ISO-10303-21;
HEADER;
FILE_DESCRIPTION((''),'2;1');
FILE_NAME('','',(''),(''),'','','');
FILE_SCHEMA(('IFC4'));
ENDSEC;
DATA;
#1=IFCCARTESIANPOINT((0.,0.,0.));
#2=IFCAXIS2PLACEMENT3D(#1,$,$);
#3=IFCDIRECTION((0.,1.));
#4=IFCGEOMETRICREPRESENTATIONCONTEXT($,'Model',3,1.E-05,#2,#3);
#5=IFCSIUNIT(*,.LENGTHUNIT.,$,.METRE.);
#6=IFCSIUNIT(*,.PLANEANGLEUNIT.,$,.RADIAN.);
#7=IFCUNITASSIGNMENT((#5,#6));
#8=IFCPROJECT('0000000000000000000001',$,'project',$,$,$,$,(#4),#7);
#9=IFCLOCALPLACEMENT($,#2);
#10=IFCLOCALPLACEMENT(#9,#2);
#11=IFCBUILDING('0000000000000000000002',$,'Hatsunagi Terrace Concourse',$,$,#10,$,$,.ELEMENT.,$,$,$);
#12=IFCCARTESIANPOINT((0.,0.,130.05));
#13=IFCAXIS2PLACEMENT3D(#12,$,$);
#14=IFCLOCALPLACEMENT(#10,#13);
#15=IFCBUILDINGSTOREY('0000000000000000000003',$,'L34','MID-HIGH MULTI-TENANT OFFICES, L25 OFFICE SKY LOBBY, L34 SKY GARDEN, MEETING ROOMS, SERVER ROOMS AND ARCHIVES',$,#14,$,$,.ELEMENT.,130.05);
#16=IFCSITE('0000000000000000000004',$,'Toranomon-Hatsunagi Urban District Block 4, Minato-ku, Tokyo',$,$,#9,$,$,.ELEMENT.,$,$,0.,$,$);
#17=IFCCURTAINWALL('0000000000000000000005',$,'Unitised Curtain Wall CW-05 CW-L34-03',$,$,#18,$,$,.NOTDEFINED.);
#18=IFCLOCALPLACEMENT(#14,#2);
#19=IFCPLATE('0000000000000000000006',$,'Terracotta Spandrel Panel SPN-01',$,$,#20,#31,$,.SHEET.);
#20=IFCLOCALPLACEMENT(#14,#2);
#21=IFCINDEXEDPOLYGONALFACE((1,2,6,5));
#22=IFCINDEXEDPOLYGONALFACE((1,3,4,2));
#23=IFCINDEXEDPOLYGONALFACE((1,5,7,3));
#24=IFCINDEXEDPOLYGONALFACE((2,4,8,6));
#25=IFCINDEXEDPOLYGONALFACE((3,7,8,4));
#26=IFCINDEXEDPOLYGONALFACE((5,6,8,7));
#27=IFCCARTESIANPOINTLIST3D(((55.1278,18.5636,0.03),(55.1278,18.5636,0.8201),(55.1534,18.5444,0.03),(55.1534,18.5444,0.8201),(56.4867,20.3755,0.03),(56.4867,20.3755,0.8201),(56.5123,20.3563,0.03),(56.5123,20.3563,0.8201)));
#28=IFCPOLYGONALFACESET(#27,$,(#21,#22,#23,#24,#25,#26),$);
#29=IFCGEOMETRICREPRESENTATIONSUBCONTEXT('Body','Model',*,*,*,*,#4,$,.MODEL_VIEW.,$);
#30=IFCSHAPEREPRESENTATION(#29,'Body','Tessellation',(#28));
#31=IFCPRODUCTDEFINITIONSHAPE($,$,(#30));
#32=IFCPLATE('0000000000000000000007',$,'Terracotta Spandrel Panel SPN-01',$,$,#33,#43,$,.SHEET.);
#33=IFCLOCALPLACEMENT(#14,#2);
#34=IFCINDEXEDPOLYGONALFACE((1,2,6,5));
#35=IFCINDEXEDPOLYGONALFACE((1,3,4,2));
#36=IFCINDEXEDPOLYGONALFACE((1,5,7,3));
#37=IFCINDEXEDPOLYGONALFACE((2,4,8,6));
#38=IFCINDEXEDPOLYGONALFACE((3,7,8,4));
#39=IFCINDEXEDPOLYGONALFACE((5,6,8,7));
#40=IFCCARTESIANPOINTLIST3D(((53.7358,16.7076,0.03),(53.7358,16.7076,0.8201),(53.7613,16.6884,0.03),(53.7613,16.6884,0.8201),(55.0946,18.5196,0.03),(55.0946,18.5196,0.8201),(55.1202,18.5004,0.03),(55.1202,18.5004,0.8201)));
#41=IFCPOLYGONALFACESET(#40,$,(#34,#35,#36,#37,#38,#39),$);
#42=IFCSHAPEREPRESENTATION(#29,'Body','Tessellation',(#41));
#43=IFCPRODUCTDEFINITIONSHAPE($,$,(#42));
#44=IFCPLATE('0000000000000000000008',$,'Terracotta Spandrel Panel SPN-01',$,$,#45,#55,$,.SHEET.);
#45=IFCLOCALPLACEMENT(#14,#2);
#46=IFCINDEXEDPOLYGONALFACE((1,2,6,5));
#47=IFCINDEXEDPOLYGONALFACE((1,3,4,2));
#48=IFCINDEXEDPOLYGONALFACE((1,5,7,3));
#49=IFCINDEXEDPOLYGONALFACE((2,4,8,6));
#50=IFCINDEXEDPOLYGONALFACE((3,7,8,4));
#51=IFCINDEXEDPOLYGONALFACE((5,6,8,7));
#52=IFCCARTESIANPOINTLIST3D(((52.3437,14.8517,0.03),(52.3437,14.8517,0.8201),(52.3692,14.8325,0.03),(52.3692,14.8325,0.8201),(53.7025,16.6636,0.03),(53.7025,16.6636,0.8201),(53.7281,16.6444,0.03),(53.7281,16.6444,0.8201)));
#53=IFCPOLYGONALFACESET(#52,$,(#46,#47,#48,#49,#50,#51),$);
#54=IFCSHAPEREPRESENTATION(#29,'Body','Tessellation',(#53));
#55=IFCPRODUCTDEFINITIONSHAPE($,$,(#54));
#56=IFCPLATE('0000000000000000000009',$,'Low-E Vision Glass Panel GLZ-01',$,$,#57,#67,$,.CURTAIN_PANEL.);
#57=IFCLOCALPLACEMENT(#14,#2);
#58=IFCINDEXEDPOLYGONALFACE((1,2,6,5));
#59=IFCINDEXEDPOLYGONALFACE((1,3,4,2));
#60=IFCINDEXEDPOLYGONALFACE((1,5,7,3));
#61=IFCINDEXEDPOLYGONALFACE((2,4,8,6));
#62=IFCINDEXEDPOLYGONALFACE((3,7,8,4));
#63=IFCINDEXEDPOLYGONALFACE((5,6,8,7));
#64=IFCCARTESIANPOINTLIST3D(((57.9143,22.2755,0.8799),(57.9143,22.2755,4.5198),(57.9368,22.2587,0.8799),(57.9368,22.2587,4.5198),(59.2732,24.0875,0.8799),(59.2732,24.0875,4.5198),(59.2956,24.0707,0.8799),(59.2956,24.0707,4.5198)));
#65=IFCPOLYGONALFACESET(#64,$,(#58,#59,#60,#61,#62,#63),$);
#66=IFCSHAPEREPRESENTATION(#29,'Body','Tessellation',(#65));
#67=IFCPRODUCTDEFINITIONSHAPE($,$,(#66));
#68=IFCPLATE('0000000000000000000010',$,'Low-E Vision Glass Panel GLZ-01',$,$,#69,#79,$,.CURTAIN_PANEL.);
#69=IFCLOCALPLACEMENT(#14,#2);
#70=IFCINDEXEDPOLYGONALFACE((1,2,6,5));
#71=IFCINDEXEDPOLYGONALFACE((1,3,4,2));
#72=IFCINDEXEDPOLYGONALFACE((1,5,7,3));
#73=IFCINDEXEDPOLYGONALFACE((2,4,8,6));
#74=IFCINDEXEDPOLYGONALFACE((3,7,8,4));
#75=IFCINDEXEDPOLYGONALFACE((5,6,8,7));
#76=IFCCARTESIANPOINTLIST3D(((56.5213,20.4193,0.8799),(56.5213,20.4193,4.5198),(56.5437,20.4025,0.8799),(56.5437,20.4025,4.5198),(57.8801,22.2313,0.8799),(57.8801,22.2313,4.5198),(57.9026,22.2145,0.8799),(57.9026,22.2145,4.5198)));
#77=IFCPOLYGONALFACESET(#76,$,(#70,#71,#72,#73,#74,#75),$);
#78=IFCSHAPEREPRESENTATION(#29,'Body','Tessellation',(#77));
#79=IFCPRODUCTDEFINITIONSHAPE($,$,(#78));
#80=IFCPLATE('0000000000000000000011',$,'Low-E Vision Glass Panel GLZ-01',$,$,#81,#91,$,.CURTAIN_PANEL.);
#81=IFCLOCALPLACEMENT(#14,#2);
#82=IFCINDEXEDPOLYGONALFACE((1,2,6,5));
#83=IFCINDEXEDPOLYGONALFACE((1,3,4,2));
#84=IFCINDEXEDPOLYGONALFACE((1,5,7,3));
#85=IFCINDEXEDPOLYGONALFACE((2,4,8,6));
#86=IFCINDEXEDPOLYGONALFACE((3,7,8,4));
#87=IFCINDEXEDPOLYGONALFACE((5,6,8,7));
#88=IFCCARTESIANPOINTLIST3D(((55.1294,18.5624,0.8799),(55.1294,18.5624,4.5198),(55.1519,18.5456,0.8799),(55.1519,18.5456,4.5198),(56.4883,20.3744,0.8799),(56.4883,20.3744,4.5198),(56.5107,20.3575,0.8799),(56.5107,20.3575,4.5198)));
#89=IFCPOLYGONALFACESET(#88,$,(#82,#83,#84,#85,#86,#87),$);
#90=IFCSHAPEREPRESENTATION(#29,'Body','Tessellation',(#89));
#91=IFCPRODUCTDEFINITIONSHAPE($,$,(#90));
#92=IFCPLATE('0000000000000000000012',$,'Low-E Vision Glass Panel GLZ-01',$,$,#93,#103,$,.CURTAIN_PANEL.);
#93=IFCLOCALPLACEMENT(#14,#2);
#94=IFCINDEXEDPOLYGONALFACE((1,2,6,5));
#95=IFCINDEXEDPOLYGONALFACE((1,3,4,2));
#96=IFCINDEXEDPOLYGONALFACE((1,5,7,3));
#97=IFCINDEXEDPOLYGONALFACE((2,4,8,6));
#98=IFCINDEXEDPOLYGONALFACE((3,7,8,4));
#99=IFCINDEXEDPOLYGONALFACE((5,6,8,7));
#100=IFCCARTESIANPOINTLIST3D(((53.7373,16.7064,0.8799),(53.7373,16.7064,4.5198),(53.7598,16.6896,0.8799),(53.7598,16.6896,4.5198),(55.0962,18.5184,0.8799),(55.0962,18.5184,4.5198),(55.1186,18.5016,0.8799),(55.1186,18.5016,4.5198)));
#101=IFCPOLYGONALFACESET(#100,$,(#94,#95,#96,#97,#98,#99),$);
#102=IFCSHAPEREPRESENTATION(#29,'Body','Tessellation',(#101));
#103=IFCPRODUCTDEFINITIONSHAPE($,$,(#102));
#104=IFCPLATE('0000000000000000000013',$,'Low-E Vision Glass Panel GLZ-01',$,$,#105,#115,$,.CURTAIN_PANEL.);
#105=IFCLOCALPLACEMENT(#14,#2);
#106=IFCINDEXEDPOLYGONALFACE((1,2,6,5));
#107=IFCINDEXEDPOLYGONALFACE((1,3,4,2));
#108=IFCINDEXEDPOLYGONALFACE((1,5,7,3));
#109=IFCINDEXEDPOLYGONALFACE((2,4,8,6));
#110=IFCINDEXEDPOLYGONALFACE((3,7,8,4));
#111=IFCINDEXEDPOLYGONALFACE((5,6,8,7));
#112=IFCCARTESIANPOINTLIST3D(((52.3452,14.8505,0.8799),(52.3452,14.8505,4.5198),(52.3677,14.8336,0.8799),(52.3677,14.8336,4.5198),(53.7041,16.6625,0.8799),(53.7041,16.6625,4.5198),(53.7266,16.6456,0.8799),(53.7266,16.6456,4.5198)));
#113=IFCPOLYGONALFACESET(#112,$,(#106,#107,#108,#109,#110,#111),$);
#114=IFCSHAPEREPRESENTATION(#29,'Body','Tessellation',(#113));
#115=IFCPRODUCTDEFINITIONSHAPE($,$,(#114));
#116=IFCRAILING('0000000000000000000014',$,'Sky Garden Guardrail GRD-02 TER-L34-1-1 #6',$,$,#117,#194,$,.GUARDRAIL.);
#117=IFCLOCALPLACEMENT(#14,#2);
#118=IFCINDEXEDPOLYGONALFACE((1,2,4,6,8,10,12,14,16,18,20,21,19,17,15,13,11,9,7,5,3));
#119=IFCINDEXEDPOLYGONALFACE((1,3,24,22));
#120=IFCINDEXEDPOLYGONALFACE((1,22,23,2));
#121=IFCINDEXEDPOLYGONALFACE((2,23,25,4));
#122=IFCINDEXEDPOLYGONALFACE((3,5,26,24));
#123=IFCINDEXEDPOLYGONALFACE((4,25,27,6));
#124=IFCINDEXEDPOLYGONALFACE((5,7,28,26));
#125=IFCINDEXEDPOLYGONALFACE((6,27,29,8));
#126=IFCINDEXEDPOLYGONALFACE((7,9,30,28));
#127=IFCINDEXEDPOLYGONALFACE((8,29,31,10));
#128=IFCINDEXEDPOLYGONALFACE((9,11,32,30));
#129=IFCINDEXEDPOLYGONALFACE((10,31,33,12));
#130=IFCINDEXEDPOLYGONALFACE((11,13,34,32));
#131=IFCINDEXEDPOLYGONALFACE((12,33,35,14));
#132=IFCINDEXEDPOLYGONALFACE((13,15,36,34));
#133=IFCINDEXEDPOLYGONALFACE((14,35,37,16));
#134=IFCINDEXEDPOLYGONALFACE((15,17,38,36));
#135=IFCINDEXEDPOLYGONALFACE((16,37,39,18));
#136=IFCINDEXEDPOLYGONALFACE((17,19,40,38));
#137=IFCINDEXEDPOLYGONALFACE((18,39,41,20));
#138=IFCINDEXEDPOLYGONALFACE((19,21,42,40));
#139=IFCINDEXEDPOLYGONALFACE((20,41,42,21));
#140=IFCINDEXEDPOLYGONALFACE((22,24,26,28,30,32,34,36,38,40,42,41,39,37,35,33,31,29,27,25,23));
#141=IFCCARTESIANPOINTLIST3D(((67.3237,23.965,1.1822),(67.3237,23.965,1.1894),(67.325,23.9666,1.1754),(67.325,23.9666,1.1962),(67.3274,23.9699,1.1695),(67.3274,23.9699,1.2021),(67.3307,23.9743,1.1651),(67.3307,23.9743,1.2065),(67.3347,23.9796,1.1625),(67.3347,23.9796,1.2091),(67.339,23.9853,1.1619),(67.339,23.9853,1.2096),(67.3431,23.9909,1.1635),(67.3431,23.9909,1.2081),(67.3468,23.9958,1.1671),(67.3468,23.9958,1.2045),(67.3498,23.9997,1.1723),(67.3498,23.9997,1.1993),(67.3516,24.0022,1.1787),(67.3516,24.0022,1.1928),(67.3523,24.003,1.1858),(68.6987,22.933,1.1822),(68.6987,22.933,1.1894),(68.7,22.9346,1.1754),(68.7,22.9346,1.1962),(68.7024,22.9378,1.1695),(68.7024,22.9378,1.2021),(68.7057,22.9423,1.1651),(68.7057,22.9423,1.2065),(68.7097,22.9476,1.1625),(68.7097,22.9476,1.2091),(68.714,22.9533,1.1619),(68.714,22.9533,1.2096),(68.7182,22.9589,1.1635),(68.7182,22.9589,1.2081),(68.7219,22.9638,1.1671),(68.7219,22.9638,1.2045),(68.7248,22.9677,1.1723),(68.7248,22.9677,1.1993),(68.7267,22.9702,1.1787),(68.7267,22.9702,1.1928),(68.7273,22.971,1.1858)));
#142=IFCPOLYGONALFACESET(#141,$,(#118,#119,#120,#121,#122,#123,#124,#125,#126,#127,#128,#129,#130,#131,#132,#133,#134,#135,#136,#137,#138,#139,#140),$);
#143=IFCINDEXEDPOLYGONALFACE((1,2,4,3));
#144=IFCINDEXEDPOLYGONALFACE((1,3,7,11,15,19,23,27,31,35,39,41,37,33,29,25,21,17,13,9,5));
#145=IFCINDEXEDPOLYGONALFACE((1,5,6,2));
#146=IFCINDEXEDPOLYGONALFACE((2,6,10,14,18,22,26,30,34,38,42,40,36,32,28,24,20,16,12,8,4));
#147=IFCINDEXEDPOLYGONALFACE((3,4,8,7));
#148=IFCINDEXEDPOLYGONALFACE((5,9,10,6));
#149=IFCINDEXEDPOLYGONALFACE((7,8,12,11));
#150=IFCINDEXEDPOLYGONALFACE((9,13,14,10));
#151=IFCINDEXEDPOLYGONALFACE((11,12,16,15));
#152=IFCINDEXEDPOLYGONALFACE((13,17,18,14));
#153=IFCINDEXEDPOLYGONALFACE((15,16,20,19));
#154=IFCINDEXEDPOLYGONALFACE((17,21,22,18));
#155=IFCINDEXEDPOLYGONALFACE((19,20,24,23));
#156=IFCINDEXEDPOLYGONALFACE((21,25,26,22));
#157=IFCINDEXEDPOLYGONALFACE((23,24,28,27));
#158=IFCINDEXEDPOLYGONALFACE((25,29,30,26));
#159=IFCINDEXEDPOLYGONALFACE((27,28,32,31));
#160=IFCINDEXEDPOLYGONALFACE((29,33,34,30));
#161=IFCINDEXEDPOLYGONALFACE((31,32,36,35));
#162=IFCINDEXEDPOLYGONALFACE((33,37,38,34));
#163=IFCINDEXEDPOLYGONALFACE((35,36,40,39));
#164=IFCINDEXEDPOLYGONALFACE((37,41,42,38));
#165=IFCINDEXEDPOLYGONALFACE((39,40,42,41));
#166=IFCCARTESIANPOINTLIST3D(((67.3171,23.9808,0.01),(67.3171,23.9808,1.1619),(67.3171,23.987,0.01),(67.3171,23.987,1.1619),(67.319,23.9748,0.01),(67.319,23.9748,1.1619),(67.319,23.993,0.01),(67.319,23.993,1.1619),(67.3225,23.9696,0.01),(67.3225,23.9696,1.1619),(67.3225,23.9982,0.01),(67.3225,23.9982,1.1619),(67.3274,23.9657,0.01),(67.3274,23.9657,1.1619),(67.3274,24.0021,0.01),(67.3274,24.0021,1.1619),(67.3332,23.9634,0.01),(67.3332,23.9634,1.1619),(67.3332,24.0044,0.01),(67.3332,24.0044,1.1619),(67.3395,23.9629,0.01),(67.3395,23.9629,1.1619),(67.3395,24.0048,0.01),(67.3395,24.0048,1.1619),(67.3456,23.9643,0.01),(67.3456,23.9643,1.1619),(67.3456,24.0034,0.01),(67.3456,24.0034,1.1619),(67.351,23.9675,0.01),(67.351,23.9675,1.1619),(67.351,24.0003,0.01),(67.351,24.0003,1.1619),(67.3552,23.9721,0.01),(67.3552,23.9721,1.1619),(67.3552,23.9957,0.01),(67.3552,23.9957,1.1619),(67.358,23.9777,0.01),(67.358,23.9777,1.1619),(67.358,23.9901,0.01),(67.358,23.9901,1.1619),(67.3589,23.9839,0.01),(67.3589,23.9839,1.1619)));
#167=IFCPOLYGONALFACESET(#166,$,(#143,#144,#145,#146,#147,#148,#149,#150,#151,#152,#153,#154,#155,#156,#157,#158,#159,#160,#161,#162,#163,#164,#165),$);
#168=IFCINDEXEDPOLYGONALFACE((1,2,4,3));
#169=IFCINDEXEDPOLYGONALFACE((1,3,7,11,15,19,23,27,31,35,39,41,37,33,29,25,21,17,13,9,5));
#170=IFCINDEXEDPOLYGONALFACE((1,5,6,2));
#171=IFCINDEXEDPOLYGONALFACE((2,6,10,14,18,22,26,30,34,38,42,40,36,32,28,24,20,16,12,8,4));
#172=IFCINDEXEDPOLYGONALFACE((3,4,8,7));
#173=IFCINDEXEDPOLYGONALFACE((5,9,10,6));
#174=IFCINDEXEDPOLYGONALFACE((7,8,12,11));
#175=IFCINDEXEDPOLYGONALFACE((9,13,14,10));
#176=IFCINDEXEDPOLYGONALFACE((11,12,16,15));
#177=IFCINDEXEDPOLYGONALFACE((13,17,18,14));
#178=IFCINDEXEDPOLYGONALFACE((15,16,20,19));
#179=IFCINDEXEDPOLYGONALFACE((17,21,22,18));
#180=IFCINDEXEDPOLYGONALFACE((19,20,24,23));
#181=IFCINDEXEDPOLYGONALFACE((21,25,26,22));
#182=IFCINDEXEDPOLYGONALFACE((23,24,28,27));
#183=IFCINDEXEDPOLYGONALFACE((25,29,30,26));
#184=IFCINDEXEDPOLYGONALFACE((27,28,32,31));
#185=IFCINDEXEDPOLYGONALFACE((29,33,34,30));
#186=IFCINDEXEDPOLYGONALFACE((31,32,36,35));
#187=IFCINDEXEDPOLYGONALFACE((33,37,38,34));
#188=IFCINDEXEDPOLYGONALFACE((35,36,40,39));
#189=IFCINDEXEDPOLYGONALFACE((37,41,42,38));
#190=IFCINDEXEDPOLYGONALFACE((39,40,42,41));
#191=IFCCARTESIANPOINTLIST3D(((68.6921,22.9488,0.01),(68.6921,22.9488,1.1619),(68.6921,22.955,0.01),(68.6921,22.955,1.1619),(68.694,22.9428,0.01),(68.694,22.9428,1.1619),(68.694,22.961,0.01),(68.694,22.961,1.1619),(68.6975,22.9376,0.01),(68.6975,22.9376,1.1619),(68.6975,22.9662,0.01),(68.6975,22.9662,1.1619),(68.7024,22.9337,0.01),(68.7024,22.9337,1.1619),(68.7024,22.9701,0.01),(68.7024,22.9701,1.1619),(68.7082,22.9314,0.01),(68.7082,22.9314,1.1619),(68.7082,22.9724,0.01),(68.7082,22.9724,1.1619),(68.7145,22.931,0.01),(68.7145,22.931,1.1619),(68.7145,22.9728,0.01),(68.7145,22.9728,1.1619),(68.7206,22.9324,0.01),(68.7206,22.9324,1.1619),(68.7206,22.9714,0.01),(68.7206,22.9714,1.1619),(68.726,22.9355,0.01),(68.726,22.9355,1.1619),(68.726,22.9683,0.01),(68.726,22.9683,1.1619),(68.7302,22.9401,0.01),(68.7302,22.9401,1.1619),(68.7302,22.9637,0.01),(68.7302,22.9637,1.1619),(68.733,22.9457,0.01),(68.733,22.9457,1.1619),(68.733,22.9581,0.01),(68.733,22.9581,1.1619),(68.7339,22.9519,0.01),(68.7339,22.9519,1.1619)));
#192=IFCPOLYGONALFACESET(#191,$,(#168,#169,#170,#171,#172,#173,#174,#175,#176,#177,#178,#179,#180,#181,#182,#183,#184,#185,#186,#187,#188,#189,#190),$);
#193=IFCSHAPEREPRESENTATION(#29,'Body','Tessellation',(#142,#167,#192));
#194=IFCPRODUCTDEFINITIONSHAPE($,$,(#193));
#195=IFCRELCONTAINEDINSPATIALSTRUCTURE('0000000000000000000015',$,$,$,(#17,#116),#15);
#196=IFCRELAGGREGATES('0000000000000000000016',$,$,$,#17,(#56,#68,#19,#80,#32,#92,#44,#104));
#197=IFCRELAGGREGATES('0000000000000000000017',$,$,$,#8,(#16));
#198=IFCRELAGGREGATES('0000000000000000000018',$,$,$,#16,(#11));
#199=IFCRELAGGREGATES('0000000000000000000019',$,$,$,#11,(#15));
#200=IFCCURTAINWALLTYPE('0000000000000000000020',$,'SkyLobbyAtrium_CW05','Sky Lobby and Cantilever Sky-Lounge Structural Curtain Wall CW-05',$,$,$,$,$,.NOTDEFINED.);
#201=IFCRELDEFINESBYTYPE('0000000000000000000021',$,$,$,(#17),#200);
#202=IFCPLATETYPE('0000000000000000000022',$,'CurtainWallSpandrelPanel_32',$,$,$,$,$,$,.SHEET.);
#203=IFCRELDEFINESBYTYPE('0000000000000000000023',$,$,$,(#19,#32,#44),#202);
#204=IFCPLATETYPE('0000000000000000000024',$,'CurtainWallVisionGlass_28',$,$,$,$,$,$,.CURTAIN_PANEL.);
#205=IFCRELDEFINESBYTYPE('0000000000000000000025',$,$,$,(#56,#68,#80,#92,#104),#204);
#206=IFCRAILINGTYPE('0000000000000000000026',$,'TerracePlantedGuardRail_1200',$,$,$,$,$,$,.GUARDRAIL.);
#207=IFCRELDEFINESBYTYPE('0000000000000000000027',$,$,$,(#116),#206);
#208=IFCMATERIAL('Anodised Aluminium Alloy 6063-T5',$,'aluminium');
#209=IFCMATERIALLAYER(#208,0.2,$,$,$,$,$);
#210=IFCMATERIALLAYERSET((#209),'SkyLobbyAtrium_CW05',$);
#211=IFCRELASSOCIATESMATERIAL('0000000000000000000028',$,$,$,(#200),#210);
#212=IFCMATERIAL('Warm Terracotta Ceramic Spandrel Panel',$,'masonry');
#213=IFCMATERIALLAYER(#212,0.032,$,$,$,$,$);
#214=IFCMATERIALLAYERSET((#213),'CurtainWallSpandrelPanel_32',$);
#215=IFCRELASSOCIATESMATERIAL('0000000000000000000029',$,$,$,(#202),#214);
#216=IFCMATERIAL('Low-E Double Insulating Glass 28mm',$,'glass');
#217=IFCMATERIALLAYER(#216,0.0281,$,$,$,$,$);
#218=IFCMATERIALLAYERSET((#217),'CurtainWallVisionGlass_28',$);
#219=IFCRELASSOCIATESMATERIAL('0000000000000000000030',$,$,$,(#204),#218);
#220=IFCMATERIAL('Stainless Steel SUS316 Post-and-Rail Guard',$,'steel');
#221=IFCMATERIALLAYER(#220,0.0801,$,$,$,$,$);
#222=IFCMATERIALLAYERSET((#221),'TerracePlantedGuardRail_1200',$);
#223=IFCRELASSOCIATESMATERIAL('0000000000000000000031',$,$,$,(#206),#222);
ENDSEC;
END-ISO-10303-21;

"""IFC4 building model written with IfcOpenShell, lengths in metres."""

from ifc_helpers import new_model, si_unit, direction, frame, origin, origin_2d, place, context, subcontext, project, spatial, rectangle, circle, extrude, material, layer, layer_set, type_object, element, aggregate, save


model = new_model("IFC4")

# Units and contexts
model_context = context("Model", 3, precision=1e-05, world=origin(), true_north=direction((0.0, 1.0)))
body_context = subcontext(model_context, "Body", "Model", "MODEL_VIEW")
ifc_project = project(units=[si_unit("LENGTHUNIT", "METRE"), si_unit("PLANEANGLEUNIT", "RADIAN")], contexts=[model_context])

# Site, building, storey
site_placement = place(None, origin())
site = spatial("IfcSite", under=ifc_project, at=site_placement, Name="Toranomon-Hatsunagi Urban District Block 4, Minato-ku, Tokyo", CompositionType="ELEMENT", RefElevation=0.0)
building_placement = place(site_placement, origin())
building = spatial("IfcBuilding", under=site, at=building_placement, Name="Hatsunagi Terrace Concourse", CompositionType="ELEMENT")
storey_placement = place(building_placement, frame((0.0, 0.0, 130.05)))
storey = spatial("IfcBuildingStorey", under=building, at=storey_placement, Name="L34", Description="MID-HIGH MULTI-TENANT OFFICES, L25 OFFICE SKY LOBBY, L34 SKY GARDEN, MEETING ROOMS, SERVER ROOMS AND ARCHIVES", CompositionType="ELEMENT", Elevation=130.05)

# Curtain wall
ifc_material_1 = material(Name="Anodised Aluminium Alloy 6063-T5", Category="aluminium")
ifc_layer_1 = layer(ifc_material_1, 0.2)
ifc_layer_set_1 = layer_set([ifc_layer_1], Name="SkyLobbyAtrium_CW05")
curtain_wall_type = type_object("IfcCurtainWallType", Name="SkyLobbyAtrium_CW05", Description="Sky Lobby and Cantilever Sky-Lounge Structural Curtain Wall CW-05", PredefinedType="NOTDEFINED", material=ifc_layer_set_1)
curtain_wall_placement = place(storey_placement, origin())
curtain_wall = element("IfcCurtainWall", 1, at=curtain_wall_placement, inside=storey, type_object=curtain_wall_type, Name="Unitised Curtain Wall CW-05 CW-L34-03", PredefinedType="NOTDEFINED")

# Plates
ifc_material_2 = material(Name="Warm Terracotta Ceramic Spandrel Panel", Category="masonry")
ifc_layer_2 = layer(ifc_material_2, 0.032)
ifc_layer_set_2 = layer_set([ifc_layer_2], Name="CurtainWallSpandrelPanel_32")
plate_type_1 = type_object("IfcPlateType", Name="CurtainWallSpandrelPanel_32", PredefinedType="SHEET", material=ifc_layer_set_2)
plate_1_placement = place(storey_placement, frame((55.8201, 19.46, 0.03), z_axis=(0.0, 0.0, 1.0), x_axis=(-0.599969, -0.800023, 0.0)))
plate_1 = element("IfcPlate", 2, at=plate_1_placement, type_object=plate_type_1, Name="Terracotta Spandrel Panel SPN-01", PredefinedType="SHEET", context=body_context, shape_type="SweptSolid", body=[
    extrude(rectangle(XDim=2.2649, YDim=0.032, at=origin_2d()), origin(), (0.0, 0.0, 1.0), 0.79),
])
plate_2_placement = place(storey_placement, frame((54.428, 17.604, 0.03), z_axis=(0.0, 0.0, 1.0), x_axis=(-0.599969, -0.800023, 0.0)))
plate_2 = element("IfcPlate", 3, at=plate_2_placement, type_object=plate_type_1, Name="Terracotta Spandrel Panel SPN-01", PredefinedType="SHEET", context=body_context, shape_type="SweptSolid", body=[
    extrude(rectangle(XDim=2.2649, YDim=0.032, at=origin_2d()), origin(), (0.0, 0.0, 1.0), 0.79),
])
plate_3_placement = place(storey_placement, frame((53.0359, 15.748, 0.03), z_axis=(0.0, 0.0, 1.0), x_axis=(-0.599969, -0.800023, 0.0)))
plate_3 = element("IfcPlate", 4, at=plate_3_placement, type_object=plate_type_1, Name="Terracotta Spandrel Panel SPN-01", PredefinedType="SHEET", context=body_context, shape_type="SweptSolid", body=[
    extrude(rectangle(XDim=2.2649, YDim=0.032, at=origin_2d()), origin(), (0.0, 0.0, 1.0), 0.79),
])
ifc_material_3 = material(Name="Low-E Double Insulating Glass 28mm", Category="glass")
ifc_layer_3 = layer(ifc_material_3, 0.0281)
ifc_layer_set_3 = layer_set([ifc_layer_3], Name="CurtainWallVisionGlass_28")
plate_type_2 = type_object("IfcPlateType", Name="CurtainWallVisionGlass_28", PredefinedType="CURTAIN_PANEL", material=ifc_layer_set_3)
plate_4_placement = place(storey_placement, frame((58.605, 23.1731, 0.8799), z_axis=(0.0, 0.0, 1.0), x_axis=(-0.599969, -0.800023, 0.0)))
plate_4 = element("IfcPlate", 5, at=plate_4_placement, type_object=plate_type_2, Name="Low-E Vision Glass Panel GLZ-01", PredefinedType="CURTAIN_PANEL", context=body_context, shape_type="SweptSolid", body=[
    extrude(rectangle(XDim=2.2649, YDim=0.0281, at=origin_2d()), origin(), (0.0, 0.0, 1.0), 3.6399),
])
plate_5_placement = place(storey_placement, frame((57.2119, 21.3169, 0.8799), z_axis=(0.0, 0.0, 1.0), x_axis=(-0.599969, -0.800023, 0.0)))
plate_5 = element("IfcPlate", 6, at=plate_5_placement, type_object=plate_type_2, Name="Low-E Vision Glass Panel GLZ-01", PredefinedType="CURTAIN_PANEL", context=body_context, shape_type="SweptSolid", body=[
    extrude(rectangle(XDim=2.2649, YDim=0.0281, at=origin_2d()), origin(), (0.0, 0.0, 1.0), 3.6399),
])
plate_6_placement = place(storey_placement, frame((55.8201, 19.46, 0.8799), z_axis=(0.0, 0.0, 1.0), x_axis=(-0.599969, -0.800023, 0.0)))
plate_6 = element("IfcPlate", 7, at=plate_6_placement, type_object=plate_type_2, Name="Low-E Vision Glass Panel GLZ-01", PredefinedType="CURTAIN_PANEL", context=body_context, shape_type="SweptSolid", body=[
    extrude(rectangle(XDim=2.2649, YDim=0.0281, at=origin_2d()), origin(), (0.0, 0.0, 1.0), 3.6399),
])
plate_7_placement = place(storey_placement, frame((54.428, 17.604, 0.8799), z_axis=(0.0, 0.0, 1.0), x_axis=(-0.599969, -0.800023, 0.0)))
plate_7 = element("IfcPlate", 8, at=plate_7_placement, type_object=plate_type_2, Name="Low-E Vision Glass Panel GLZ-01", PredefinedType="CURTAIN_PANEL", context=body_context, shape_type="SweptSolid", body=[
    extrude(rectangle(XDim=2.2649, YDim=0.0281, at=origin_2d()), origin(), (0.0, 0.0, 1.0), 3.6399),
])
plate_8_placement = place(storey_placement, frame((53.0359, 15.748, 0.8799), z_axis=(0.0, 0.0, 1.0), x_axis=(-0.599969, -0.800023, 0.0)))
plate_8 = element("IfcPlate", 9, at=plate_8_placement, type_object=plate_type_2, Name="Low-E Vision Glass Panel GLZ-01", PredefinedType="CURTAIN_PANEL", context=body_context, shape_type="SweptSolid", body=[
    extrude(rectangle(XDim=2.2649, YDim=0.0281, at=origin_2d()), origin(), (0.0, 0.0, 1.0), 3.6399),
])
aggregate(curtain_wall, [plate_4, plate_5, plate_1, plate_6, plate_2, plate_7, plate_3, plate_8])

# Railing
ifc_material_4 = material(Name="Stainless Steel SUS316 Post-and-Rail Guard", Category="steel")
ifc_layer_4 = layer(ifc_material_4, 0.0801)
ifc_layer_set_4 = layer_set([ifc_layer_4], Name="TerracePlantedGuardRail_1200")
railing_type = type_object("IfcRailingType", Name="TerracePlantedGuardRail_1200", PredefinedType="GUARDRAIL", material=ifc_layer_set_4)
railing_1_placement = place(storey_placement, frame((67.3379, 23.9839, 0.01)))
element("IfcRailing", 10, at=railing_1_placement, inside=storey, type_object=railing_type, Name="Sky Garden Guardrail GRD-02 TER-L34-1-1 #6", PredefinedType="GUARDRAIL", context=body_context, shape_type="SweptSolid", body=[
    extrude(circle(Radius=0.0239, at=origin_2d()), frame((0.0, 0.0, 1.1758), z_axis=(0.799795, -0.600273, 0.0), x_axis=(0.600273, 0.799795, 0.0)), (0.0, 0.0, 1.0), 1.7192),
    extrude(circle(Radius=0.021, at=origin_2d()), origin(), (0.0, 0.0, 1.0), 1.1519),
    extrude(circle(Radius=0.021, at=origin_2d()), frame((1.375, -1.032, 0.0)), (0.0, 0.0, 1.0), 1.1519),
])

save(model, "model.ifc")
